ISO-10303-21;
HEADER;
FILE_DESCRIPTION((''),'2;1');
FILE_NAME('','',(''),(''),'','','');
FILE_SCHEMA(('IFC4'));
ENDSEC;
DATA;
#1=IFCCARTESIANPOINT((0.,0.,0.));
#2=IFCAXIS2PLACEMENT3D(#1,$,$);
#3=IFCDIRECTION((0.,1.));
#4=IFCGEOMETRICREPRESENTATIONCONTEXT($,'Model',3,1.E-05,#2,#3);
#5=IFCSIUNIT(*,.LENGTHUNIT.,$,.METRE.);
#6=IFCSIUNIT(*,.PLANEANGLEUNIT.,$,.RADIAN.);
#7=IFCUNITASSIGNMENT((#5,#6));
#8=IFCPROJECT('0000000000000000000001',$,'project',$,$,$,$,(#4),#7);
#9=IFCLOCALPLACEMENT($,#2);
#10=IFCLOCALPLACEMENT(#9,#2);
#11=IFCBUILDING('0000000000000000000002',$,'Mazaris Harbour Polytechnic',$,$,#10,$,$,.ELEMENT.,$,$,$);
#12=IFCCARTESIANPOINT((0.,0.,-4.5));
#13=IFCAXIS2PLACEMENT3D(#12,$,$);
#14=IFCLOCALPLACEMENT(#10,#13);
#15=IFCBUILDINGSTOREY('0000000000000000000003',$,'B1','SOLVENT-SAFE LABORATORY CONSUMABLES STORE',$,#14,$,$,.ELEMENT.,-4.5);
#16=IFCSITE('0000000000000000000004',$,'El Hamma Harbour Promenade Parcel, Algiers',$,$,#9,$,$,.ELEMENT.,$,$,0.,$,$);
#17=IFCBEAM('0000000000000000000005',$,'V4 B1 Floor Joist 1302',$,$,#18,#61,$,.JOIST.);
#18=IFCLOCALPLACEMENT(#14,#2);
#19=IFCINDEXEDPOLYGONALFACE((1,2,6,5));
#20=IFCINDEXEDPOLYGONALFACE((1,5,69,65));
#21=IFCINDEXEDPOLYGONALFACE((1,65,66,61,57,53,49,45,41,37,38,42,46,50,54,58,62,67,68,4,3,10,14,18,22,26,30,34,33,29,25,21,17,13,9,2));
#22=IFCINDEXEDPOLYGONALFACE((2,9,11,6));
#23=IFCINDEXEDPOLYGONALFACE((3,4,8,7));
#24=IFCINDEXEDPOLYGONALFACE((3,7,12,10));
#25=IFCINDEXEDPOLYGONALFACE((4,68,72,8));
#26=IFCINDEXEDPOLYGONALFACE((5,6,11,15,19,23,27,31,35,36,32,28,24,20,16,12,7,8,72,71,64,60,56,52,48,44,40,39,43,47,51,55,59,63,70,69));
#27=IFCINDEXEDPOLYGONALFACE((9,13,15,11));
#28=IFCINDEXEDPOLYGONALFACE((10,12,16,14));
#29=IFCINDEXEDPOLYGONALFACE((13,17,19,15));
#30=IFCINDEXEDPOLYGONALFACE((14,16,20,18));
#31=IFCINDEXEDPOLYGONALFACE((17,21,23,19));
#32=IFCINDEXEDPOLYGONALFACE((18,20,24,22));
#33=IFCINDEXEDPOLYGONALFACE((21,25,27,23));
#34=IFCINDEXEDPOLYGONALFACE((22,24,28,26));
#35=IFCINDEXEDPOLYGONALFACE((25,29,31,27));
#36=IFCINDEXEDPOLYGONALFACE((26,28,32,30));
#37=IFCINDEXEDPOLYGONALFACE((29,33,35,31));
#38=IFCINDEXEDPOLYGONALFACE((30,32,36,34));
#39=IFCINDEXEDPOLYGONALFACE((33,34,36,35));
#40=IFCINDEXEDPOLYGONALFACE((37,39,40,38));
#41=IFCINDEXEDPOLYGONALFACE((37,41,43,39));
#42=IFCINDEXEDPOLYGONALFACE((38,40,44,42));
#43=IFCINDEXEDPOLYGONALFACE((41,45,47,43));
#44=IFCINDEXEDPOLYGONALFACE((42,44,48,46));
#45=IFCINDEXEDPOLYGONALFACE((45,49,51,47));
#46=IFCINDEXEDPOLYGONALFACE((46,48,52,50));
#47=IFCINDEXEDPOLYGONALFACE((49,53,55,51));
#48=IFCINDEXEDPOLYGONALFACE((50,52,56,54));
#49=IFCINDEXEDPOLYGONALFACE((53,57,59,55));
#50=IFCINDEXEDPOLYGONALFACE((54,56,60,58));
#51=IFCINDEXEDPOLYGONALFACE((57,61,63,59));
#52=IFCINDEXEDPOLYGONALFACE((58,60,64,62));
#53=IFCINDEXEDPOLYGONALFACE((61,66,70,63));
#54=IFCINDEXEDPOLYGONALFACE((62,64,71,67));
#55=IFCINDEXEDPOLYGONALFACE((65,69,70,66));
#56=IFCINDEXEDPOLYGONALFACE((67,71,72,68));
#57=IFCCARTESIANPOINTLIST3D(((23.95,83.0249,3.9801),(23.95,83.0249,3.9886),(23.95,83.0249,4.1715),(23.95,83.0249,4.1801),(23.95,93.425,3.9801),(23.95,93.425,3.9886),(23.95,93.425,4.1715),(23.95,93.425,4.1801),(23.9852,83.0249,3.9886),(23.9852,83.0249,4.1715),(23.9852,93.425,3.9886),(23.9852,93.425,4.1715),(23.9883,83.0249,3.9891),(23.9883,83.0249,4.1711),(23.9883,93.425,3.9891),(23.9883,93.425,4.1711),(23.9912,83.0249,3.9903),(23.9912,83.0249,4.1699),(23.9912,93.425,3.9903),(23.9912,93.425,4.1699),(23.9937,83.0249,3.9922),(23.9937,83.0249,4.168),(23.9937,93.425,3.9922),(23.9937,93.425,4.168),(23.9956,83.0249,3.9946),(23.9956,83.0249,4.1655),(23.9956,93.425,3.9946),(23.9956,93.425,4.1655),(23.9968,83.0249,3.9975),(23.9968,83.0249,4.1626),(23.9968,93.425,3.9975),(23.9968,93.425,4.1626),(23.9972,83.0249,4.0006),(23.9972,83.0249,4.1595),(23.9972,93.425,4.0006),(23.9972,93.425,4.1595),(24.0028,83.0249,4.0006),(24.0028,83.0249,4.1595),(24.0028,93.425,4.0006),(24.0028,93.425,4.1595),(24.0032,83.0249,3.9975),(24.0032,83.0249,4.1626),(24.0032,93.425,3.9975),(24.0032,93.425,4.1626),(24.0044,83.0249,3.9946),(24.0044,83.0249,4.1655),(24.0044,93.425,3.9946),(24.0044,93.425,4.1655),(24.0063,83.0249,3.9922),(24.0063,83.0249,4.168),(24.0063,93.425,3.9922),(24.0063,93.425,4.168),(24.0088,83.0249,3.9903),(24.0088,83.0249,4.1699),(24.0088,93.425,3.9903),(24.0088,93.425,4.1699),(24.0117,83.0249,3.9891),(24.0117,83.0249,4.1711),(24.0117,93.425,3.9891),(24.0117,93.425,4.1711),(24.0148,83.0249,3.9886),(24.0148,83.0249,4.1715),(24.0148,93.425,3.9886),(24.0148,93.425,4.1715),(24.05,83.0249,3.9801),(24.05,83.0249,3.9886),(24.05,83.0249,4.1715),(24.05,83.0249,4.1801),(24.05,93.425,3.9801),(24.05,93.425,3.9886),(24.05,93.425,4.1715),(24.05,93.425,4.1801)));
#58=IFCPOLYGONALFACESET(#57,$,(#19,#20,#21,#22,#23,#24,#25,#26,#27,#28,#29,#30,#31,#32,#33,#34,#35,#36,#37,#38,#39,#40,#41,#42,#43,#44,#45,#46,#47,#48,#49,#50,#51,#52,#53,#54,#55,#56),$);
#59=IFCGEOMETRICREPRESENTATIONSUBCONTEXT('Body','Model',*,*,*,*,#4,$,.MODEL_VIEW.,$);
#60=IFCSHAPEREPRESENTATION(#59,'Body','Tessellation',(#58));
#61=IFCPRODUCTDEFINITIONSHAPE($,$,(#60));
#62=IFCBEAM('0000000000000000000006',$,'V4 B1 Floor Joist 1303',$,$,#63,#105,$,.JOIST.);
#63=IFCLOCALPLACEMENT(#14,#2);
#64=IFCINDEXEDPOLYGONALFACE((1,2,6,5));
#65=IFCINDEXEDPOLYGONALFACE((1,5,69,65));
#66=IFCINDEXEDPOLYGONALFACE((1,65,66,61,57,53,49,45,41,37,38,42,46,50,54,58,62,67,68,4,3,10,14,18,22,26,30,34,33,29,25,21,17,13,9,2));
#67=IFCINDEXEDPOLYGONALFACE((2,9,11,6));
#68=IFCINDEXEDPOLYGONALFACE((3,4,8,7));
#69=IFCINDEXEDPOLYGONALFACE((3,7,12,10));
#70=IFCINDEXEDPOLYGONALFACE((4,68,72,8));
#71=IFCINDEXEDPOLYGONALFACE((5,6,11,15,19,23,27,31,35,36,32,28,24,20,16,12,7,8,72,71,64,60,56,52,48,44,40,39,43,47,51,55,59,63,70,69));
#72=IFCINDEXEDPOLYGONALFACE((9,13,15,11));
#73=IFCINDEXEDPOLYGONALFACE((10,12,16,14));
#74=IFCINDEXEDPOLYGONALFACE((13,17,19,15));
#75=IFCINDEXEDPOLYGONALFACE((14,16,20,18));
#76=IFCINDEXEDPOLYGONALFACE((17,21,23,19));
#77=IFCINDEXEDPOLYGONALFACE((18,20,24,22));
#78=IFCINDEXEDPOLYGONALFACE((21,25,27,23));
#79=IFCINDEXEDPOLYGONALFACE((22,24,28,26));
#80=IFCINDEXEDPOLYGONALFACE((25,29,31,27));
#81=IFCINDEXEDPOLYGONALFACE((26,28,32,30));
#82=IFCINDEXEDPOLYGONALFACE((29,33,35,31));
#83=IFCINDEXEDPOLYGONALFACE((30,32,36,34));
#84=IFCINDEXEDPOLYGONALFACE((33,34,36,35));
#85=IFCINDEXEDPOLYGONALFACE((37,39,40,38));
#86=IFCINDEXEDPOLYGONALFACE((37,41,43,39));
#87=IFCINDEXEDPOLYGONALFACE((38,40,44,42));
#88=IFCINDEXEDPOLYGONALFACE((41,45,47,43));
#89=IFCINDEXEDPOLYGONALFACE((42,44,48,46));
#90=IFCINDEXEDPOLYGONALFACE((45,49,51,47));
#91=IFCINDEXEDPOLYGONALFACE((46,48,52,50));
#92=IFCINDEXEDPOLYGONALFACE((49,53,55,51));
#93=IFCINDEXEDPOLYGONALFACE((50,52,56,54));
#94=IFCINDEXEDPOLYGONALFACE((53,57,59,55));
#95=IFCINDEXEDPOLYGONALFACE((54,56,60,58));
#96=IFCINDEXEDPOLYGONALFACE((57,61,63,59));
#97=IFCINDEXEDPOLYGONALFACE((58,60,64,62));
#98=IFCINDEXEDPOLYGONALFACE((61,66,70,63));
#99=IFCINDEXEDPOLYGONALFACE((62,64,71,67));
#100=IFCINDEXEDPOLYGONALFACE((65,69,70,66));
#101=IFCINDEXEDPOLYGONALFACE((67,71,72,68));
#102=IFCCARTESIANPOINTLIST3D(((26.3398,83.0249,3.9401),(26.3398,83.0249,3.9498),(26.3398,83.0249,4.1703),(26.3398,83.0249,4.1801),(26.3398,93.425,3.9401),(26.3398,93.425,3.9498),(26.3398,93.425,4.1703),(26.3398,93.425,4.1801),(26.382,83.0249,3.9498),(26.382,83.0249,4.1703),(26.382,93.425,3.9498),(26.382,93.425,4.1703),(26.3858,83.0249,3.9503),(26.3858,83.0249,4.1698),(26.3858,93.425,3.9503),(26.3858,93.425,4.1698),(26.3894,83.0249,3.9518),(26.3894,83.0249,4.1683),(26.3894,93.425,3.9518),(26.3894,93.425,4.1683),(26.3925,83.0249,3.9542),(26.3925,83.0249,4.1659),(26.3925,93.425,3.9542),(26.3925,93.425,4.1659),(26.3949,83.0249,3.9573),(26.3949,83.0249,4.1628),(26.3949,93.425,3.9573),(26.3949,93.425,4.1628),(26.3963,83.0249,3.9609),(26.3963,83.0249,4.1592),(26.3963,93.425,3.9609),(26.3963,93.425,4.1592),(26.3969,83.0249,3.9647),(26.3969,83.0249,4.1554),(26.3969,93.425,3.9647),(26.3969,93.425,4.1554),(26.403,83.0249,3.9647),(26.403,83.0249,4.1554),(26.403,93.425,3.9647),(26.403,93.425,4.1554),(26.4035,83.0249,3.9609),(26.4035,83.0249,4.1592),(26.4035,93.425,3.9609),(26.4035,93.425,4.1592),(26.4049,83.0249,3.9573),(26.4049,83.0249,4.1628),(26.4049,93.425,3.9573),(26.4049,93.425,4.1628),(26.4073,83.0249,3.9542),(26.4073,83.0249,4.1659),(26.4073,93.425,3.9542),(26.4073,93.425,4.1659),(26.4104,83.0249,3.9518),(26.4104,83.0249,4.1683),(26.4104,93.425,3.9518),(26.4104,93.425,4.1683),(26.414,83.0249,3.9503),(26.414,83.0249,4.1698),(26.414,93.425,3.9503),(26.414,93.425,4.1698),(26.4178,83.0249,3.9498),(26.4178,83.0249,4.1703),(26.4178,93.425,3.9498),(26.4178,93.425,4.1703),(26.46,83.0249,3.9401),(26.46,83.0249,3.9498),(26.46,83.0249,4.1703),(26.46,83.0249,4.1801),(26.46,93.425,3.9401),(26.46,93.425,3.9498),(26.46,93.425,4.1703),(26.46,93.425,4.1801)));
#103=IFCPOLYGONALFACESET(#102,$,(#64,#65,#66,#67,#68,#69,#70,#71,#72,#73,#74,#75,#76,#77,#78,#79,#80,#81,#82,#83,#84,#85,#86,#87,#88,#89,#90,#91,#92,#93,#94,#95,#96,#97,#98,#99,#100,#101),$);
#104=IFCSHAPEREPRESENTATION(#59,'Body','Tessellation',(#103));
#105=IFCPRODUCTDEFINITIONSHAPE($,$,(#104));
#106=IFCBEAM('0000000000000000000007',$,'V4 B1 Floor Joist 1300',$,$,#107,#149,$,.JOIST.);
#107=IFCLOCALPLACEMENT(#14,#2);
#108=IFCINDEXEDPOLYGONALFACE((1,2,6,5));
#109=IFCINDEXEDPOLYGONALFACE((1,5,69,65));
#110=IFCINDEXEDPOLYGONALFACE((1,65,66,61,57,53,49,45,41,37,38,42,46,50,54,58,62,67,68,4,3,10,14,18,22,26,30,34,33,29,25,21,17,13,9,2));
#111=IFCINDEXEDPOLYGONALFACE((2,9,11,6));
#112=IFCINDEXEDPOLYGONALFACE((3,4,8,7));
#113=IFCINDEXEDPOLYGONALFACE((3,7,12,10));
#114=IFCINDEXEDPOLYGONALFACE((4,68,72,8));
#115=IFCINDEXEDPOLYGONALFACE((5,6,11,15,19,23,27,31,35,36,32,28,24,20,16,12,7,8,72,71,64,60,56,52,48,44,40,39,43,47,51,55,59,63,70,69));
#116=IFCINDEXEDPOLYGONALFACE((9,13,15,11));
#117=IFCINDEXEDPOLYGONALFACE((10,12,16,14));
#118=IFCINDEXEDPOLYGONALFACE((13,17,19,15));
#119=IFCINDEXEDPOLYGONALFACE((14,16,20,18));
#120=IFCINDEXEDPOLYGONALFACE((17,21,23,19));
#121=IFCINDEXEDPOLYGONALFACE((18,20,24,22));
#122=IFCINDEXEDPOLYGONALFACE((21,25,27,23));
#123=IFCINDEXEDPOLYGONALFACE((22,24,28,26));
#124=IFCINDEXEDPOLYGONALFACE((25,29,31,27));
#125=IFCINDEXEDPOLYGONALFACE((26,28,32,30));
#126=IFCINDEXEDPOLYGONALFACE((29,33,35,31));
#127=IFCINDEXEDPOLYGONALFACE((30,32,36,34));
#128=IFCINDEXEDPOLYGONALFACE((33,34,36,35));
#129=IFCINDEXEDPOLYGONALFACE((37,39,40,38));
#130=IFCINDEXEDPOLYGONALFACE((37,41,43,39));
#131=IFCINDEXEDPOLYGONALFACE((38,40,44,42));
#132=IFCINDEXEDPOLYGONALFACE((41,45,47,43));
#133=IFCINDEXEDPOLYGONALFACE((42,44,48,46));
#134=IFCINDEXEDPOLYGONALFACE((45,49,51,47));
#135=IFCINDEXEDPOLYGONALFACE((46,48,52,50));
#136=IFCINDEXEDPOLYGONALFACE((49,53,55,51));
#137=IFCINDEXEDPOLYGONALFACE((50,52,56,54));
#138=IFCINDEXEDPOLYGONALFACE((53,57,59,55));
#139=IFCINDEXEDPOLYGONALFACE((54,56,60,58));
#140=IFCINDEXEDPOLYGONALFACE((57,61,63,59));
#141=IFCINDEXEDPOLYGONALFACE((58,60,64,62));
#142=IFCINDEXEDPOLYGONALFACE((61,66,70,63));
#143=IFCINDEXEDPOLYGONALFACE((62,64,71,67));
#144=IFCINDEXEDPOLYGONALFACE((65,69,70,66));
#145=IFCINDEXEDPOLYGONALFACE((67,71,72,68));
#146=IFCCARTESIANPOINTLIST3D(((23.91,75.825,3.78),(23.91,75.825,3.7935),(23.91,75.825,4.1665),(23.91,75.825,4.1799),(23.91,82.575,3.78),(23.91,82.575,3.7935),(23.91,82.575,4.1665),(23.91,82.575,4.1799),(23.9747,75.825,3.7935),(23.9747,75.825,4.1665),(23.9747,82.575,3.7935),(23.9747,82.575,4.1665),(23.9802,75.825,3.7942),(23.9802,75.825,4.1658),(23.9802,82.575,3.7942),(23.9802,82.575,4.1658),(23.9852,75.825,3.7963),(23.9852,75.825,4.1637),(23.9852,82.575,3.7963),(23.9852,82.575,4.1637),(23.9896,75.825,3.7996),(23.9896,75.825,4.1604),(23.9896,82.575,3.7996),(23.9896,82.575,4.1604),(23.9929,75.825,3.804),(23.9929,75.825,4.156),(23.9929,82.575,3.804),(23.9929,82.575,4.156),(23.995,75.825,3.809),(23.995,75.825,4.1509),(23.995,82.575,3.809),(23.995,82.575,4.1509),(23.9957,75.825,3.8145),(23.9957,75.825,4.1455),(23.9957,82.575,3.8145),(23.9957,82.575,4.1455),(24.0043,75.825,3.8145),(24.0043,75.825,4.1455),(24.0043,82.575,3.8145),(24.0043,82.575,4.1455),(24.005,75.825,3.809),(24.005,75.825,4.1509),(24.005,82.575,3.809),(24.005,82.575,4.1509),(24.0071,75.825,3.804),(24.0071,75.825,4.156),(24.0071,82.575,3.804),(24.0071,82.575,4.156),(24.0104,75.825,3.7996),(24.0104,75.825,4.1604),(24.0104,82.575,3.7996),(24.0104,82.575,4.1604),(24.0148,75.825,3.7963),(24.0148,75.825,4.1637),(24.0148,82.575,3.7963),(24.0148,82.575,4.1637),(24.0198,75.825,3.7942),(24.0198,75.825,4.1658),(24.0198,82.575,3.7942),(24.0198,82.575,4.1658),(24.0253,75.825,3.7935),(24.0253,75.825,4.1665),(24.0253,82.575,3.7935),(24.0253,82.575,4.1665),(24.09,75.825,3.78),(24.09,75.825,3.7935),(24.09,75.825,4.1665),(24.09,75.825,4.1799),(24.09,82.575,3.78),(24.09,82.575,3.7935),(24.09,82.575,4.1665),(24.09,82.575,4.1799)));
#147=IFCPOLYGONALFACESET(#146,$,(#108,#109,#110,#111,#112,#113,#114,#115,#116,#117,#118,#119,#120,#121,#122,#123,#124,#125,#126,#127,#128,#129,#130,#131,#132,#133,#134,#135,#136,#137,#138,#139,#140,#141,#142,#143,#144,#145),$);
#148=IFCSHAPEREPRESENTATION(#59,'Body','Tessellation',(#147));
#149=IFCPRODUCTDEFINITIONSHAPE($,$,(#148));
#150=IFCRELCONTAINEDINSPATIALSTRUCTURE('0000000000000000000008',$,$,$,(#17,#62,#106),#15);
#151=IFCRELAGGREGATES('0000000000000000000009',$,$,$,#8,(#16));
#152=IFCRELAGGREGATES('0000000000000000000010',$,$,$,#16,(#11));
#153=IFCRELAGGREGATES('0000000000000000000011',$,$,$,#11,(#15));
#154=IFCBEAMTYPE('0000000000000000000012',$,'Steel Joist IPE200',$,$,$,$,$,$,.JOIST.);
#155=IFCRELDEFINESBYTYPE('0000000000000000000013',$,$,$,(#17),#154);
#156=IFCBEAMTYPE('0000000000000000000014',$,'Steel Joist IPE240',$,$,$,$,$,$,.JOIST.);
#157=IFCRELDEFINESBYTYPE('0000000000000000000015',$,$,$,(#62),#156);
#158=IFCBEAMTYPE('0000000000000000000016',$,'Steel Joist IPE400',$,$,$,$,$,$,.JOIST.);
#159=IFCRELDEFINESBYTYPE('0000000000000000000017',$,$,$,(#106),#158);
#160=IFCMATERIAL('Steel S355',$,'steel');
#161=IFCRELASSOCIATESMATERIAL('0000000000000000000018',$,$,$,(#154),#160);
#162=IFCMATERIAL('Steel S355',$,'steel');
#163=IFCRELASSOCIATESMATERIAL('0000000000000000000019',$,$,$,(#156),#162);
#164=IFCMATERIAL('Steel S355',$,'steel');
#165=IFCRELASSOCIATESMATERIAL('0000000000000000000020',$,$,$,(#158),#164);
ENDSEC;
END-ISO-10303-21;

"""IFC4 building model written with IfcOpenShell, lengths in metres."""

from ifc_helpers import new_model, si_unit, direction, frame, origin, origin_2d, place, context, subcontext, project, spatial, i_section, extrude, material, material_profile, profile_set, type_object, element, save


model = new_model("IFC4")

# Units and contexts
model_context = context("Model", 3, precision=1e-05, world=origin(), true_north=direction((0.0, 1.0)))
body_context = subcontext(model_context, "Body", "Model", "MODEL_VIEW")
ifc_project = project(units=[si_unit("LENGTHUNIT", "METRE"), si_unit("PLANEANGLEUNIT", "RADIAN")], contexts=[model_context])

# Site, building, storey
site_placement = place(None, origin())
site = spatial("IfcSite", under=ifc_project, at=site_placement, Name="El Hamma Harbour Promenade Parcel, Algiers", CompositionType="ELEMENT", RefElevation=0.0)
building_placement = place(site_placement, origin())
building = spatial("IfcBuilding", under=site, at=building_placement, Name="Mazaris Harbour Polytechnic", CompositionType="ELEMENT")
storey_placement = place(building_placement, frame((0.0, 0.0, -4.5)))
storey = spatial("IfcBuildingStorey", under=building, at=storey_placement, Name="B1", Description="SOLVENT-SAFE LABORATORY CONSUMABLES STORE", CompositionType="ELEMENT", Elevation=-4.5)

# Beams
ifc_material_1 = material(Name="Steel S355", Category="steel")
ifc_material_profile_1 = material_profile(ifc_material_1, i_section(OverallWidth=0.1001, OverallDepth=0.2, WebThickness=0.0056, FlangeThickness=0.0085, FilletRadius=0.012, at=origin_2d()), Name="IPE 200")
ifc_profile_set_1 = profile_set([ifc_material_profile_1], Name="Steel S355")
beam_type_1 = type_object("IfcBeamType", Name="Steel Joist IPE200", PredefinedType="JOIST", material=ifc_profile_set_1)
beam_1_placement = place(storey_placement, frame((24.0, 83.0249, 4.0801), z_axis=(0.0, 1.0, 0.0), x_axis=(-1.0, 0.0, 0.0)))
element("IfcBeam", 1, at=beam_1_placement, inside=storey, type_object=beam_type_1, Name="V4 B1 Floor Joist 1302", PredefinedType="JOIST", context=body_context, shape_type="SweptSolid", body=[
    extrude(i_section(OverallWidth=0.1001, OverallDepth=0.2, WebThickness=0.0056, FlangeThickness=0.0085, FilletRadius=0.012, at=origin_2d()), origin(), (0.0, 0.0, 1.0), 10.4001),
])
ifc_material_2 = material(Name="Steel S355", Category="steel")
ifc_material_profile_2 = material_profile(ifc_material_2, i_section(OverallWidth=0.1201, OverallDepth=0.24, WebThickness=0.0061, FlangeThickness=0.0098, FilletRadius=0.0149, at=origin_2d()), Name="IPE 240")
ifc_profile_set_2 = profile_set([ifc_material_profile_2], Name="Steel S355")
beam_type_2 = type_object("IfcBeamType", Name="Steel Joist IPE240", PredefinedType="JOIST", material=ifc_profile_set_2)
beam_2_placement = place(storey_placement, frame((26.3999, 83.0249, 4.0601), z_axis=(0.0, 1.0, 0.0), x_axis=(-1.0, 0.0, 0.0)))
element("IfcBeam", 2, at=beam_2_placement, inside=storey, type_object=beam_type_2, Name="V4 B1 Floor Joist 1303", PredefinedType="JOIST", context=body_context, shape_type="SweptSolid", body=[
    extrude(i_section(OverallWidth=0.1201, OverallDepth=0.24, WebThickness=0.0061, FlangeThickness=0.0098, FilletRadius=0.0149, at=origin_2d()), origin(), (0.0, 0.0, 1.0), 10.4001),
])
ifc_material_3 = material(Name="Steel S355", Category="steel")
ifc_material_profile_3 = material_profile(ifc_material_3, i_section(OverallWidth=0.1799, OverallDepth=0.3999, WebThickness=0.0085, FlangeThickness=0.0134, FilletRadius=0.021, at=origin_2d()), Name="IPE 400")
ifc_profile_set_3 = profile_set([ifc_material_profile_3], Name="Steel S355")
beam_type_3 = type_object("IfcBeamType", Name="Steel Joist IPE400", PredefinedType="JOIST", material=ifc_profile_set_3)
beam_3_placement = place(storey_placement, frame((24.0, 75.825, 3.98), z_axis=(0.0, 1.0, 0.0), x_axis=(-1.0, 0.0, 0.0)))
element("IfcBeam", 3, at=beam_3_placement, inside=storey, type_object=beam_type_3, Name="V4 B1 Floor Joist 1300", PredefinedType="JOIST", context=body_context, shape_type="SweptSolid", body=[
    extrude(i_section(OverallWidth=0.1799, OverallDepth=0.3999, WebThickness=0.0085, FlangeThickness=0.0134, FilletRadius=0.021, at=origin_2d()), origin(), (0.0, 0.0, 1.0), 6.75),
])

save(model, "model.ifc")
